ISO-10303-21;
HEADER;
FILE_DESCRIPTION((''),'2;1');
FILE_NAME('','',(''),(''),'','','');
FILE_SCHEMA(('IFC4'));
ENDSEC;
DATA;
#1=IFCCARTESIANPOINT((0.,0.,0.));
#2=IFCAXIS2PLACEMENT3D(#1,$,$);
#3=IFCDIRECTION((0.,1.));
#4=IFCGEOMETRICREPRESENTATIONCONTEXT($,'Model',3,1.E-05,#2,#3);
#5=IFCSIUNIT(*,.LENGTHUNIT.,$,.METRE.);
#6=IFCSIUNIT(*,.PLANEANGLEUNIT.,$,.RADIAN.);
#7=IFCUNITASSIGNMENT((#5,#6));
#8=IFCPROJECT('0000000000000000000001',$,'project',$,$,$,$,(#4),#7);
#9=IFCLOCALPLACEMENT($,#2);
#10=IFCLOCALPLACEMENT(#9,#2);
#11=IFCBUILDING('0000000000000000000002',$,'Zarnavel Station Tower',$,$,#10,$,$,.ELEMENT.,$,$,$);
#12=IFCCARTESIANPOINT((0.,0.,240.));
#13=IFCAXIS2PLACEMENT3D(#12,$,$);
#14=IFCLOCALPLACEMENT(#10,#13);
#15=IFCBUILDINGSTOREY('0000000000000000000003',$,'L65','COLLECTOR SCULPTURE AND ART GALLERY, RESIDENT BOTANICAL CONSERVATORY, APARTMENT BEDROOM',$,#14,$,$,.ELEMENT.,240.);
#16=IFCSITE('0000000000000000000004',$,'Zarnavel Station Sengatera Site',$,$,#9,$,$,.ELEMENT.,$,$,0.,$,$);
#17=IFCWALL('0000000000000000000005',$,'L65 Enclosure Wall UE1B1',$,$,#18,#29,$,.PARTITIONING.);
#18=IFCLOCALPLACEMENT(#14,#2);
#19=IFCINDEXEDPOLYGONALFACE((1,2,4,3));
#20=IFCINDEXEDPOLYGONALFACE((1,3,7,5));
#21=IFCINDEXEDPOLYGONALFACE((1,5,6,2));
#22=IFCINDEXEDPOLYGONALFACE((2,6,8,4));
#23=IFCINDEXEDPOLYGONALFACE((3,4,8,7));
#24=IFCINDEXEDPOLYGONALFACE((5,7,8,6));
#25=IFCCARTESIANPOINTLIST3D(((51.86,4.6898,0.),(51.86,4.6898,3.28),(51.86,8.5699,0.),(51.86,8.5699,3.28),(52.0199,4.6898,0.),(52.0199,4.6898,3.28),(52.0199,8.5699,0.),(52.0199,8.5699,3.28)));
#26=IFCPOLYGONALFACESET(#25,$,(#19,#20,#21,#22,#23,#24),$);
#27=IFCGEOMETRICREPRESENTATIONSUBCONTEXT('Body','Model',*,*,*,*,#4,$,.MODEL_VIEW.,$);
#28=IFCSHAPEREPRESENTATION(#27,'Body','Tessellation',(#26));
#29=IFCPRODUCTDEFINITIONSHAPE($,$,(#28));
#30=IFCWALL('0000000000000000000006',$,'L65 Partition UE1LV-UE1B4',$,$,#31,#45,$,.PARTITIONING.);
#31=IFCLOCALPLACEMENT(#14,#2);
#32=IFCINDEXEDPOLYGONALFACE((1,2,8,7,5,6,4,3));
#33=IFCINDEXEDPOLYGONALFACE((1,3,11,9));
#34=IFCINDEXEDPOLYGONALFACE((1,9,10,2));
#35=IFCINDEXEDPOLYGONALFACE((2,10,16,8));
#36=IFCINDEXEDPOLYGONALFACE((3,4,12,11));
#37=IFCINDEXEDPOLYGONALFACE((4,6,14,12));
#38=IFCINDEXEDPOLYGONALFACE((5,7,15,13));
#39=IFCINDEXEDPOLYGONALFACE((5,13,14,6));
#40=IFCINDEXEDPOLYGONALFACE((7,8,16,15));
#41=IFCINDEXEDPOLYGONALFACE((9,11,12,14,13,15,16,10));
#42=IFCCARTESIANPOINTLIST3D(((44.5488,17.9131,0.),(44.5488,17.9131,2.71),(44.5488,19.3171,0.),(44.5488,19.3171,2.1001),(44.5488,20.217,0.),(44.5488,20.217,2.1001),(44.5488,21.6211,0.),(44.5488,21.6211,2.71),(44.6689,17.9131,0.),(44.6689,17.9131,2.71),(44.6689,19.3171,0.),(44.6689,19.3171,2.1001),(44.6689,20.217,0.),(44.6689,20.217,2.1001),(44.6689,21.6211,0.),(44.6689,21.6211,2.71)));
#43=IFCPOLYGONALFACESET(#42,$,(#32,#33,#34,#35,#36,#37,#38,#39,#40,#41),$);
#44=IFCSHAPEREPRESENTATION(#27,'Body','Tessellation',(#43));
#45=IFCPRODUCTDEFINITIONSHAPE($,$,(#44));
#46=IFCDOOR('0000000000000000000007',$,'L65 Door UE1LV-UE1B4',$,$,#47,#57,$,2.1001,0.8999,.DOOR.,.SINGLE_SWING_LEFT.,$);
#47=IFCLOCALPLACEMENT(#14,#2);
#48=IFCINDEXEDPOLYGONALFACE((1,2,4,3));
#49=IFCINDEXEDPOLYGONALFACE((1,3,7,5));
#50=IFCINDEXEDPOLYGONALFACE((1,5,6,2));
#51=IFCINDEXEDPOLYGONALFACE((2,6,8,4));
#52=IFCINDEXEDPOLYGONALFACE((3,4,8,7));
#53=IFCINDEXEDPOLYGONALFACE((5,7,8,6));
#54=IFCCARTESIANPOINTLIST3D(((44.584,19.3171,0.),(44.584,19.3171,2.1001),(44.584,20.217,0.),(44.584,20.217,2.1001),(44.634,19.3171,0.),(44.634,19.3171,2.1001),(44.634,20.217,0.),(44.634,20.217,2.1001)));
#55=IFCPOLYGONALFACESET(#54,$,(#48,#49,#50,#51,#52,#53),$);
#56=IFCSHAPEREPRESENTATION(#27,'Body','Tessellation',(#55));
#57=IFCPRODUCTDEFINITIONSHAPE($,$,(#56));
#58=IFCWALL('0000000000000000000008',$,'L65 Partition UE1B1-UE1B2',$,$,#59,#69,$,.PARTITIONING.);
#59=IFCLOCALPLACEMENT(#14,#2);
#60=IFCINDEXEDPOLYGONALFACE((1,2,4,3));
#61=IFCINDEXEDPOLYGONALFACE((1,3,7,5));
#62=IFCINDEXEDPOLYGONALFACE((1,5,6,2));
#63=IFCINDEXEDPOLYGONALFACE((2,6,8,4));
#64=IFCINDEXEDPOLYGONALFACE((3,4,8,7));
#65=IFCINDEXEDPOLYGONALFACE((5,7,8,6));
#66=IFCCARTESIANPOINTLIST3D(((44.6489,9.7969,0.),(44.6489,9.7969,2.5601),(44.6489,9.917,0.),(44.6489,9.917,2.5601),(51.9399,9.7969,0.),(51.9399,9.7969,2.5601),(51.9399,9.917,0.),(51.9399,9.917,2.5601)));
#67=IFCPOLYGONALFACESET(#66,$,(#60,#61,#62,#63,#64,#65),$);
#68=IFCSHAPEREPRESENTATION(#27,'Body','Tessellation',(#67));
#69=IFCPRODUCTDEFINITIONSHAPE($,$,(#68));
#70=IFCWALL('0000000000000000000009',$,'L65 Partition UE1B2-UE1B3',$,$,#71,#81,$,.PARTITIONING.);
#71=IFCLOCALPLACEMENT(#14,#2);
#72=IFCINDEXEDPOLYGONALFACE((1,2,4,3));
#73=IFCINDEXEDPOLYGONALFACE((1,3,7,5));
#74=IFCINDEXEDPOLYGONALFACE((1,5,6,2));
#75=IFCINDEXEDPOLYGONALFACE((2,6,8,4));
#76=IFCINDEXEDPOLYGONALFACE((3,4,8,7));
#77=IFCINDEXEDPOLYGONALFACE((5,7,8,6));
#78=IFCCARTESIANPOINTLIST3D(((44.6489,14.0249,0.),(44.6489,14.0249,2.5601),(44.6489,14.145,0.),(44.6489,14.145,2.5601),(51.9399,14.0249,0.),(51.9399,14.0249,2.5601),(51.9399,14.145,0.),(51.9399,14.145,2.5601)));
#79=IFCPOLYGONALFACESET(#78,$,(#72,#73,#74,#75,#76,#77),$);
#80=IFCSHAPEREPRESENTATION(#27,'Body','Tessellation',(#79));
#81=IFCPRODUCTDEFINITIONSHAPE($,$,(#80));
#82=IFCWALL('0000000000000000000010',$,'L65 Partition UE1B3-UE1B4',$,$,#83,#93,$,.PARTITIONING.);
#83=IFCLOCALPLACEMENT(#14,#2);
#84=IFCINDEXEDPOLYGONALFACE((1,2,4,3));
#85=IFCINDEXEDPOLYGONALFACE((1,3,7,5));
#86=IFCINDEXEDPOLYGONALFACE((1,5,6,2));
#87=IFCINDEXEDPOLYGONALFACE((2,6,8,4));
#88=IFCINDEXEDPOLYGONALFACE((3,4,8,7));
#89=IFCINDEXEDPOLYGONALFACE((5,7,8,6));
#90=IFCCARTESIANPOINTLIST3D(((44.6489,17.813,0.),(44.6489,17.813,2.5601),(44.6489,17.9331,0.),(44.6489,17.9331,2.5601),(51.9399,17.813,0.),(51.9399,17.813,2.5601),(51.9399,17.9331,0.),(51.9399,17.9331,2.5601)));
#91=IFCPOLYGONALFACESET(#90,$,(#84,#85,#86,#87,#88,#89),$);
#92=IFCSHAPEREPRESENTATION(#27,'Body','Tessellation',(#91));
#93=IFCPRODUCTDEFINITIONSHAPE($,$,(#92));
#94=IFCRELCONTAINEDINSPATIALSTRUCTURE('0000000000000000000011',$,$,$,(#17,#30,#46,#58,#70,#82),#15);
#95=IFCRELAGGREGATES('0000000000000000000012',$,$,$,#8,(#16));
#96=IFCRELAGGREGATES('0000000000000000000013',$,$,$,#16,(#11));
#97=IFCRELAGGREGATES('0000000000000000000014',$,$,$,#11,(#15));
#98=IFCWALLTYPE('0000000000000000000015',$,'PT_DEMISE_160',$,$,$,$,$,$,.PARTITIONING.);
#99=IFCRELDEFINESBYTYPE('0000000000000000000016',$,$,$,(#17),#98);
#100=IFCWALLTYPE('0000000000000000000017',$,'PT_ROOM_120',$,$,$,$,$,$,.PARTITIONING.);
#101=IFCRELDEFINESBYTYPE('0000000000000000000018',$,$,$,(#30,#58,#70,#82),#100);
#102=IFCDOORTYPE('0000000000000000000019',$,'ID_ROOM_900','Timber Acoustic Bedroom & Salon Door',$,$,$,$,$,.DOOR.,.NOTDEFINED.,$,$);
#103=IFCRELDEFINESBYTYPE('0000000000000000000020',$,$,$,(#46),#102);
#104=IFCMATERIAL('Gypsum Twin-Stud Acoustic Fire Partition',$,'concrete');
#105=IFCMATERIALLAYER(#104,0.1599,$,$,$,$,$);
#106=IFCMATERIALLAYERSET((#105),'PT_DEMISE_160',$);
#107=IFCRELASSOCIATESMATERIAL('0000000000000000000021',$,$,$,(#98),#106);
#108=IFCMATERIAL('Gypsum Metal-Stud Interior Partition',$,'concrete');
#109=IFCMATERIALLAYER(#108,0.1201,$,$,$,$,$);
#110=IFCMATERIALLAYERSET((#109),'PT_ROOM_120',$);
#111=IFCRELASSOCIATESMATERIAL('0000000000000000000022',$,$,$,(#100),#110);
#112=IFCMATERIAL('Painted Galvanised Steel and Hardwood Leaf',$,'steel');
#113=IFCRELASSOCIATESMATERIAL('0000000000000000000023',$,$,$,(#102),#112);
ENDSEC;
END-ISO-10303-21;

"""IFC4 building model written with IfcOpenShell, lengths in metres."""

from ifc_helpers import new_model, si_unit, direction, frame, frame_2d, origin, place, context, subcontext, project, spatial, rectangle, extrude, material, layer, layer_set, type_object, element, fill, save


model = new_model("IFC4")

# Units and contexts
model_context = context("Model", 3, precision=1e-05, world=origin(), true_north=direction((0.0, 1.0)))
body_context = subcontext(model_context, "Body", "Model", "MODEL_VIEW")
ifc_project = project(units=[si_unit("LENGTHUNIT", "METRE"), si_unit("PLANEANGLEUNIT", "RADIAN")], contexts=[model_context])

# Site, building, storey
site_placement = place(None, origin())
site = spatial("IfcSite", under=ifc_project, at=site_placement, Name="Zarnavel Station Sengatera Site", CompositionType="ELEMENT", RefElevation=0.0)
building_placement = place(site_placement, origin())
building = spatial("IfcBuilding", under=site, at=building_placement, Name="Zarnavel Station Tower", CompositionType="ELEMENT")
storey_placement = place(building_placement, frame((0.0, 0.0, 240.0)))
storey = spatial("IfcBuildingStorey", under=building, at=storey_placement, Name="L65", Description="COLLECTOR SCULPTURE AND ART GALLERY, RESIDENT BOTANICAL CONSERVATORY, APARTMENT BEDROOM", CompositionType="ELEMENT", Elevation=240.0)

# Wall
ifc_material_1 = material(Name="Gypsum Twin-Stud Acoustic Fire Partition", Category="concrete")
ifc_layer_1 = layer(ifc_material_1, 0.1599)
ifc_layer_set_1 = layer_set([ifc_layer_1], Name="PT_DEMISE_160")
wall_type_1 = type_object("IfcWallType", Name="PT_DEMISE_160", PredefinedType="PARTITIONING", material=ifc_layer_set_1)
wall_1_placement = place(storey_placement, frame((51.9399, 4.6899, 0.0), z_axis=(0.0, 0.0, 1.0), x_axis=(0.0, 1.0, 0.0)))
element("IfcWall", 1, at=wall_1_placement, inside=storey, type_object=wall_type_1, Name="L65 Enclosure Wall UE1B1", PredefinedType="PARTITIONING", context=body_context, shape_type="SweptSolid", body=[
    extrude(rectangle(XDim=3.8801, YDim=0.1599, at=frame_2d((1.9399, 0.0))), origin(), (0.0, 0.0, 1.0), 3.28),
])

# Wall, opening, door
ifc_material_2 = material(Name="Gypsum Metal-Stud Interior Partition", Category="concrete")
ifc_layer_2 = layer(ifc_material_2, 0.1201)
ifc_layer_set_2 = layer_set([ifc_layer_2], Name="PT_ROOM_120")
wall_type_2 = type_object("IfcWallType", Name="PT_ROOM_120", PredefinedType="PARTITIONING", material=ifc_layer_set_2)
wall_2_placement = place(storey_placement, frame((44.6089, 17.9131, 0.0), z_axis=(0.0, 0.0, 1.0), x_axis=(0.0, 1.0, 0.0)))
wall_2 = element("IfcWall", 2, at=wall_2_placement, inside=storey, type_object=wall_type_2, Name="L65 Partition UE1LV-UE1B4", PredefinedType="PARTITIONING", context=body_context, shape_type="SweptSolid", body=[
    extrude(rectangle(XDim=3.708, YDim=0.1201, at=frame_2d((1.854, 0.0))), origin(), (0.0, 0.0, 1.0), 2.71),
])
opening_1_placement = place(wall_2_placement, frame((1.4041, 0.0, 0.0)))
opening_1 = element("IfcOpeningElement", 3, at=opening_1_placement, cuts=wall_2, PredefinedType="OPENING", context=body_context, shape_type="SweptSolid", body=[
    extrude(rectangle(XDim=0.8999, YDim=2.1001, at=frame_2d((0.45, 1.05))), frame((0.0, 0.0701, 0.0), z_axis=(0.0, -1.0, 0.0), x_axis=(1.0, 0.0, 0.0)), (0.0, 0.0, 1.0), 0.1401),
])
ifc_material_3 = material(Name="Painted Galvanised Steel and Hardwood Leaf", Category="steel")
door_type = type_object("IfcDoorType", Name="ID_ROOM_900", Description="Timber Acoustic Bedroom & Salon Door", OperationType="NOTDEFINED", PredefinedType="DOOR", material=ifc_material_3)
door_placement = place(opening_1_placement, origin())
door = element("IfcDoor", 4, at=door_placement, inside=storey, type_object=door_type, Name="L65 Door UE1LV-UE1B4", OperationType="SINGLE_SWING_LEFT", OverallHeight=2.1001, OverallWidth=0.8999, PredefinedType="DOOR", context=body_context, shape_type="SweptSolid", body=[
    extrude(rectangle(XDim=0.8999, YDim=2.1001, at=frame_2d((0.45, 1.05))), frame((0.0, 0.0249, 0.0), z_axis=(0.0, -1.0, 0.0), x_axis=(1.0, 0.0, 0.0)), (0.0, 0.0, 1.0), 0.05),
])
fill(opening_1, door)

# Walls
for number, where, z_axis, x_axis, name in (
    (5, (44.6489, 9.8569, 0.0), (0.0, 0.0, 1.0), (1.0, 0.0, 0.0), "L65 Partition UE1B1-UE1B2"),
    (6, (44.6489, 14.085, 0.0), (0.0, 0.0, 1.0), (1.0, 0.0, 0.0), "L65 Partition UE1B2-UE1B3"),
    (7, (44.6489, 17.873, 0.0), (0.0, 0.0, 1.0), (1.0, 0.0, 0.0), "L65 Partition UE1B3-UE1B4"),
):
    element("IfcWall", number, at=place(storey_placement, frame(where, z_axis=z_axis, x_axis=x_axis)), inside=storey, type_object=wall_type_2, Name=name, PredefinedType="PARTITIONING", context=body_context, shape_type="SweptSolid", body=[
        extrude(rectangle(XDim=7.291, YDim=0.1201, at=frame_2d((3.6455, 0.0))), origin(), (0.0, 0.0, 1.0), 2.5601),
    ])

save(model, "model.ifc")
